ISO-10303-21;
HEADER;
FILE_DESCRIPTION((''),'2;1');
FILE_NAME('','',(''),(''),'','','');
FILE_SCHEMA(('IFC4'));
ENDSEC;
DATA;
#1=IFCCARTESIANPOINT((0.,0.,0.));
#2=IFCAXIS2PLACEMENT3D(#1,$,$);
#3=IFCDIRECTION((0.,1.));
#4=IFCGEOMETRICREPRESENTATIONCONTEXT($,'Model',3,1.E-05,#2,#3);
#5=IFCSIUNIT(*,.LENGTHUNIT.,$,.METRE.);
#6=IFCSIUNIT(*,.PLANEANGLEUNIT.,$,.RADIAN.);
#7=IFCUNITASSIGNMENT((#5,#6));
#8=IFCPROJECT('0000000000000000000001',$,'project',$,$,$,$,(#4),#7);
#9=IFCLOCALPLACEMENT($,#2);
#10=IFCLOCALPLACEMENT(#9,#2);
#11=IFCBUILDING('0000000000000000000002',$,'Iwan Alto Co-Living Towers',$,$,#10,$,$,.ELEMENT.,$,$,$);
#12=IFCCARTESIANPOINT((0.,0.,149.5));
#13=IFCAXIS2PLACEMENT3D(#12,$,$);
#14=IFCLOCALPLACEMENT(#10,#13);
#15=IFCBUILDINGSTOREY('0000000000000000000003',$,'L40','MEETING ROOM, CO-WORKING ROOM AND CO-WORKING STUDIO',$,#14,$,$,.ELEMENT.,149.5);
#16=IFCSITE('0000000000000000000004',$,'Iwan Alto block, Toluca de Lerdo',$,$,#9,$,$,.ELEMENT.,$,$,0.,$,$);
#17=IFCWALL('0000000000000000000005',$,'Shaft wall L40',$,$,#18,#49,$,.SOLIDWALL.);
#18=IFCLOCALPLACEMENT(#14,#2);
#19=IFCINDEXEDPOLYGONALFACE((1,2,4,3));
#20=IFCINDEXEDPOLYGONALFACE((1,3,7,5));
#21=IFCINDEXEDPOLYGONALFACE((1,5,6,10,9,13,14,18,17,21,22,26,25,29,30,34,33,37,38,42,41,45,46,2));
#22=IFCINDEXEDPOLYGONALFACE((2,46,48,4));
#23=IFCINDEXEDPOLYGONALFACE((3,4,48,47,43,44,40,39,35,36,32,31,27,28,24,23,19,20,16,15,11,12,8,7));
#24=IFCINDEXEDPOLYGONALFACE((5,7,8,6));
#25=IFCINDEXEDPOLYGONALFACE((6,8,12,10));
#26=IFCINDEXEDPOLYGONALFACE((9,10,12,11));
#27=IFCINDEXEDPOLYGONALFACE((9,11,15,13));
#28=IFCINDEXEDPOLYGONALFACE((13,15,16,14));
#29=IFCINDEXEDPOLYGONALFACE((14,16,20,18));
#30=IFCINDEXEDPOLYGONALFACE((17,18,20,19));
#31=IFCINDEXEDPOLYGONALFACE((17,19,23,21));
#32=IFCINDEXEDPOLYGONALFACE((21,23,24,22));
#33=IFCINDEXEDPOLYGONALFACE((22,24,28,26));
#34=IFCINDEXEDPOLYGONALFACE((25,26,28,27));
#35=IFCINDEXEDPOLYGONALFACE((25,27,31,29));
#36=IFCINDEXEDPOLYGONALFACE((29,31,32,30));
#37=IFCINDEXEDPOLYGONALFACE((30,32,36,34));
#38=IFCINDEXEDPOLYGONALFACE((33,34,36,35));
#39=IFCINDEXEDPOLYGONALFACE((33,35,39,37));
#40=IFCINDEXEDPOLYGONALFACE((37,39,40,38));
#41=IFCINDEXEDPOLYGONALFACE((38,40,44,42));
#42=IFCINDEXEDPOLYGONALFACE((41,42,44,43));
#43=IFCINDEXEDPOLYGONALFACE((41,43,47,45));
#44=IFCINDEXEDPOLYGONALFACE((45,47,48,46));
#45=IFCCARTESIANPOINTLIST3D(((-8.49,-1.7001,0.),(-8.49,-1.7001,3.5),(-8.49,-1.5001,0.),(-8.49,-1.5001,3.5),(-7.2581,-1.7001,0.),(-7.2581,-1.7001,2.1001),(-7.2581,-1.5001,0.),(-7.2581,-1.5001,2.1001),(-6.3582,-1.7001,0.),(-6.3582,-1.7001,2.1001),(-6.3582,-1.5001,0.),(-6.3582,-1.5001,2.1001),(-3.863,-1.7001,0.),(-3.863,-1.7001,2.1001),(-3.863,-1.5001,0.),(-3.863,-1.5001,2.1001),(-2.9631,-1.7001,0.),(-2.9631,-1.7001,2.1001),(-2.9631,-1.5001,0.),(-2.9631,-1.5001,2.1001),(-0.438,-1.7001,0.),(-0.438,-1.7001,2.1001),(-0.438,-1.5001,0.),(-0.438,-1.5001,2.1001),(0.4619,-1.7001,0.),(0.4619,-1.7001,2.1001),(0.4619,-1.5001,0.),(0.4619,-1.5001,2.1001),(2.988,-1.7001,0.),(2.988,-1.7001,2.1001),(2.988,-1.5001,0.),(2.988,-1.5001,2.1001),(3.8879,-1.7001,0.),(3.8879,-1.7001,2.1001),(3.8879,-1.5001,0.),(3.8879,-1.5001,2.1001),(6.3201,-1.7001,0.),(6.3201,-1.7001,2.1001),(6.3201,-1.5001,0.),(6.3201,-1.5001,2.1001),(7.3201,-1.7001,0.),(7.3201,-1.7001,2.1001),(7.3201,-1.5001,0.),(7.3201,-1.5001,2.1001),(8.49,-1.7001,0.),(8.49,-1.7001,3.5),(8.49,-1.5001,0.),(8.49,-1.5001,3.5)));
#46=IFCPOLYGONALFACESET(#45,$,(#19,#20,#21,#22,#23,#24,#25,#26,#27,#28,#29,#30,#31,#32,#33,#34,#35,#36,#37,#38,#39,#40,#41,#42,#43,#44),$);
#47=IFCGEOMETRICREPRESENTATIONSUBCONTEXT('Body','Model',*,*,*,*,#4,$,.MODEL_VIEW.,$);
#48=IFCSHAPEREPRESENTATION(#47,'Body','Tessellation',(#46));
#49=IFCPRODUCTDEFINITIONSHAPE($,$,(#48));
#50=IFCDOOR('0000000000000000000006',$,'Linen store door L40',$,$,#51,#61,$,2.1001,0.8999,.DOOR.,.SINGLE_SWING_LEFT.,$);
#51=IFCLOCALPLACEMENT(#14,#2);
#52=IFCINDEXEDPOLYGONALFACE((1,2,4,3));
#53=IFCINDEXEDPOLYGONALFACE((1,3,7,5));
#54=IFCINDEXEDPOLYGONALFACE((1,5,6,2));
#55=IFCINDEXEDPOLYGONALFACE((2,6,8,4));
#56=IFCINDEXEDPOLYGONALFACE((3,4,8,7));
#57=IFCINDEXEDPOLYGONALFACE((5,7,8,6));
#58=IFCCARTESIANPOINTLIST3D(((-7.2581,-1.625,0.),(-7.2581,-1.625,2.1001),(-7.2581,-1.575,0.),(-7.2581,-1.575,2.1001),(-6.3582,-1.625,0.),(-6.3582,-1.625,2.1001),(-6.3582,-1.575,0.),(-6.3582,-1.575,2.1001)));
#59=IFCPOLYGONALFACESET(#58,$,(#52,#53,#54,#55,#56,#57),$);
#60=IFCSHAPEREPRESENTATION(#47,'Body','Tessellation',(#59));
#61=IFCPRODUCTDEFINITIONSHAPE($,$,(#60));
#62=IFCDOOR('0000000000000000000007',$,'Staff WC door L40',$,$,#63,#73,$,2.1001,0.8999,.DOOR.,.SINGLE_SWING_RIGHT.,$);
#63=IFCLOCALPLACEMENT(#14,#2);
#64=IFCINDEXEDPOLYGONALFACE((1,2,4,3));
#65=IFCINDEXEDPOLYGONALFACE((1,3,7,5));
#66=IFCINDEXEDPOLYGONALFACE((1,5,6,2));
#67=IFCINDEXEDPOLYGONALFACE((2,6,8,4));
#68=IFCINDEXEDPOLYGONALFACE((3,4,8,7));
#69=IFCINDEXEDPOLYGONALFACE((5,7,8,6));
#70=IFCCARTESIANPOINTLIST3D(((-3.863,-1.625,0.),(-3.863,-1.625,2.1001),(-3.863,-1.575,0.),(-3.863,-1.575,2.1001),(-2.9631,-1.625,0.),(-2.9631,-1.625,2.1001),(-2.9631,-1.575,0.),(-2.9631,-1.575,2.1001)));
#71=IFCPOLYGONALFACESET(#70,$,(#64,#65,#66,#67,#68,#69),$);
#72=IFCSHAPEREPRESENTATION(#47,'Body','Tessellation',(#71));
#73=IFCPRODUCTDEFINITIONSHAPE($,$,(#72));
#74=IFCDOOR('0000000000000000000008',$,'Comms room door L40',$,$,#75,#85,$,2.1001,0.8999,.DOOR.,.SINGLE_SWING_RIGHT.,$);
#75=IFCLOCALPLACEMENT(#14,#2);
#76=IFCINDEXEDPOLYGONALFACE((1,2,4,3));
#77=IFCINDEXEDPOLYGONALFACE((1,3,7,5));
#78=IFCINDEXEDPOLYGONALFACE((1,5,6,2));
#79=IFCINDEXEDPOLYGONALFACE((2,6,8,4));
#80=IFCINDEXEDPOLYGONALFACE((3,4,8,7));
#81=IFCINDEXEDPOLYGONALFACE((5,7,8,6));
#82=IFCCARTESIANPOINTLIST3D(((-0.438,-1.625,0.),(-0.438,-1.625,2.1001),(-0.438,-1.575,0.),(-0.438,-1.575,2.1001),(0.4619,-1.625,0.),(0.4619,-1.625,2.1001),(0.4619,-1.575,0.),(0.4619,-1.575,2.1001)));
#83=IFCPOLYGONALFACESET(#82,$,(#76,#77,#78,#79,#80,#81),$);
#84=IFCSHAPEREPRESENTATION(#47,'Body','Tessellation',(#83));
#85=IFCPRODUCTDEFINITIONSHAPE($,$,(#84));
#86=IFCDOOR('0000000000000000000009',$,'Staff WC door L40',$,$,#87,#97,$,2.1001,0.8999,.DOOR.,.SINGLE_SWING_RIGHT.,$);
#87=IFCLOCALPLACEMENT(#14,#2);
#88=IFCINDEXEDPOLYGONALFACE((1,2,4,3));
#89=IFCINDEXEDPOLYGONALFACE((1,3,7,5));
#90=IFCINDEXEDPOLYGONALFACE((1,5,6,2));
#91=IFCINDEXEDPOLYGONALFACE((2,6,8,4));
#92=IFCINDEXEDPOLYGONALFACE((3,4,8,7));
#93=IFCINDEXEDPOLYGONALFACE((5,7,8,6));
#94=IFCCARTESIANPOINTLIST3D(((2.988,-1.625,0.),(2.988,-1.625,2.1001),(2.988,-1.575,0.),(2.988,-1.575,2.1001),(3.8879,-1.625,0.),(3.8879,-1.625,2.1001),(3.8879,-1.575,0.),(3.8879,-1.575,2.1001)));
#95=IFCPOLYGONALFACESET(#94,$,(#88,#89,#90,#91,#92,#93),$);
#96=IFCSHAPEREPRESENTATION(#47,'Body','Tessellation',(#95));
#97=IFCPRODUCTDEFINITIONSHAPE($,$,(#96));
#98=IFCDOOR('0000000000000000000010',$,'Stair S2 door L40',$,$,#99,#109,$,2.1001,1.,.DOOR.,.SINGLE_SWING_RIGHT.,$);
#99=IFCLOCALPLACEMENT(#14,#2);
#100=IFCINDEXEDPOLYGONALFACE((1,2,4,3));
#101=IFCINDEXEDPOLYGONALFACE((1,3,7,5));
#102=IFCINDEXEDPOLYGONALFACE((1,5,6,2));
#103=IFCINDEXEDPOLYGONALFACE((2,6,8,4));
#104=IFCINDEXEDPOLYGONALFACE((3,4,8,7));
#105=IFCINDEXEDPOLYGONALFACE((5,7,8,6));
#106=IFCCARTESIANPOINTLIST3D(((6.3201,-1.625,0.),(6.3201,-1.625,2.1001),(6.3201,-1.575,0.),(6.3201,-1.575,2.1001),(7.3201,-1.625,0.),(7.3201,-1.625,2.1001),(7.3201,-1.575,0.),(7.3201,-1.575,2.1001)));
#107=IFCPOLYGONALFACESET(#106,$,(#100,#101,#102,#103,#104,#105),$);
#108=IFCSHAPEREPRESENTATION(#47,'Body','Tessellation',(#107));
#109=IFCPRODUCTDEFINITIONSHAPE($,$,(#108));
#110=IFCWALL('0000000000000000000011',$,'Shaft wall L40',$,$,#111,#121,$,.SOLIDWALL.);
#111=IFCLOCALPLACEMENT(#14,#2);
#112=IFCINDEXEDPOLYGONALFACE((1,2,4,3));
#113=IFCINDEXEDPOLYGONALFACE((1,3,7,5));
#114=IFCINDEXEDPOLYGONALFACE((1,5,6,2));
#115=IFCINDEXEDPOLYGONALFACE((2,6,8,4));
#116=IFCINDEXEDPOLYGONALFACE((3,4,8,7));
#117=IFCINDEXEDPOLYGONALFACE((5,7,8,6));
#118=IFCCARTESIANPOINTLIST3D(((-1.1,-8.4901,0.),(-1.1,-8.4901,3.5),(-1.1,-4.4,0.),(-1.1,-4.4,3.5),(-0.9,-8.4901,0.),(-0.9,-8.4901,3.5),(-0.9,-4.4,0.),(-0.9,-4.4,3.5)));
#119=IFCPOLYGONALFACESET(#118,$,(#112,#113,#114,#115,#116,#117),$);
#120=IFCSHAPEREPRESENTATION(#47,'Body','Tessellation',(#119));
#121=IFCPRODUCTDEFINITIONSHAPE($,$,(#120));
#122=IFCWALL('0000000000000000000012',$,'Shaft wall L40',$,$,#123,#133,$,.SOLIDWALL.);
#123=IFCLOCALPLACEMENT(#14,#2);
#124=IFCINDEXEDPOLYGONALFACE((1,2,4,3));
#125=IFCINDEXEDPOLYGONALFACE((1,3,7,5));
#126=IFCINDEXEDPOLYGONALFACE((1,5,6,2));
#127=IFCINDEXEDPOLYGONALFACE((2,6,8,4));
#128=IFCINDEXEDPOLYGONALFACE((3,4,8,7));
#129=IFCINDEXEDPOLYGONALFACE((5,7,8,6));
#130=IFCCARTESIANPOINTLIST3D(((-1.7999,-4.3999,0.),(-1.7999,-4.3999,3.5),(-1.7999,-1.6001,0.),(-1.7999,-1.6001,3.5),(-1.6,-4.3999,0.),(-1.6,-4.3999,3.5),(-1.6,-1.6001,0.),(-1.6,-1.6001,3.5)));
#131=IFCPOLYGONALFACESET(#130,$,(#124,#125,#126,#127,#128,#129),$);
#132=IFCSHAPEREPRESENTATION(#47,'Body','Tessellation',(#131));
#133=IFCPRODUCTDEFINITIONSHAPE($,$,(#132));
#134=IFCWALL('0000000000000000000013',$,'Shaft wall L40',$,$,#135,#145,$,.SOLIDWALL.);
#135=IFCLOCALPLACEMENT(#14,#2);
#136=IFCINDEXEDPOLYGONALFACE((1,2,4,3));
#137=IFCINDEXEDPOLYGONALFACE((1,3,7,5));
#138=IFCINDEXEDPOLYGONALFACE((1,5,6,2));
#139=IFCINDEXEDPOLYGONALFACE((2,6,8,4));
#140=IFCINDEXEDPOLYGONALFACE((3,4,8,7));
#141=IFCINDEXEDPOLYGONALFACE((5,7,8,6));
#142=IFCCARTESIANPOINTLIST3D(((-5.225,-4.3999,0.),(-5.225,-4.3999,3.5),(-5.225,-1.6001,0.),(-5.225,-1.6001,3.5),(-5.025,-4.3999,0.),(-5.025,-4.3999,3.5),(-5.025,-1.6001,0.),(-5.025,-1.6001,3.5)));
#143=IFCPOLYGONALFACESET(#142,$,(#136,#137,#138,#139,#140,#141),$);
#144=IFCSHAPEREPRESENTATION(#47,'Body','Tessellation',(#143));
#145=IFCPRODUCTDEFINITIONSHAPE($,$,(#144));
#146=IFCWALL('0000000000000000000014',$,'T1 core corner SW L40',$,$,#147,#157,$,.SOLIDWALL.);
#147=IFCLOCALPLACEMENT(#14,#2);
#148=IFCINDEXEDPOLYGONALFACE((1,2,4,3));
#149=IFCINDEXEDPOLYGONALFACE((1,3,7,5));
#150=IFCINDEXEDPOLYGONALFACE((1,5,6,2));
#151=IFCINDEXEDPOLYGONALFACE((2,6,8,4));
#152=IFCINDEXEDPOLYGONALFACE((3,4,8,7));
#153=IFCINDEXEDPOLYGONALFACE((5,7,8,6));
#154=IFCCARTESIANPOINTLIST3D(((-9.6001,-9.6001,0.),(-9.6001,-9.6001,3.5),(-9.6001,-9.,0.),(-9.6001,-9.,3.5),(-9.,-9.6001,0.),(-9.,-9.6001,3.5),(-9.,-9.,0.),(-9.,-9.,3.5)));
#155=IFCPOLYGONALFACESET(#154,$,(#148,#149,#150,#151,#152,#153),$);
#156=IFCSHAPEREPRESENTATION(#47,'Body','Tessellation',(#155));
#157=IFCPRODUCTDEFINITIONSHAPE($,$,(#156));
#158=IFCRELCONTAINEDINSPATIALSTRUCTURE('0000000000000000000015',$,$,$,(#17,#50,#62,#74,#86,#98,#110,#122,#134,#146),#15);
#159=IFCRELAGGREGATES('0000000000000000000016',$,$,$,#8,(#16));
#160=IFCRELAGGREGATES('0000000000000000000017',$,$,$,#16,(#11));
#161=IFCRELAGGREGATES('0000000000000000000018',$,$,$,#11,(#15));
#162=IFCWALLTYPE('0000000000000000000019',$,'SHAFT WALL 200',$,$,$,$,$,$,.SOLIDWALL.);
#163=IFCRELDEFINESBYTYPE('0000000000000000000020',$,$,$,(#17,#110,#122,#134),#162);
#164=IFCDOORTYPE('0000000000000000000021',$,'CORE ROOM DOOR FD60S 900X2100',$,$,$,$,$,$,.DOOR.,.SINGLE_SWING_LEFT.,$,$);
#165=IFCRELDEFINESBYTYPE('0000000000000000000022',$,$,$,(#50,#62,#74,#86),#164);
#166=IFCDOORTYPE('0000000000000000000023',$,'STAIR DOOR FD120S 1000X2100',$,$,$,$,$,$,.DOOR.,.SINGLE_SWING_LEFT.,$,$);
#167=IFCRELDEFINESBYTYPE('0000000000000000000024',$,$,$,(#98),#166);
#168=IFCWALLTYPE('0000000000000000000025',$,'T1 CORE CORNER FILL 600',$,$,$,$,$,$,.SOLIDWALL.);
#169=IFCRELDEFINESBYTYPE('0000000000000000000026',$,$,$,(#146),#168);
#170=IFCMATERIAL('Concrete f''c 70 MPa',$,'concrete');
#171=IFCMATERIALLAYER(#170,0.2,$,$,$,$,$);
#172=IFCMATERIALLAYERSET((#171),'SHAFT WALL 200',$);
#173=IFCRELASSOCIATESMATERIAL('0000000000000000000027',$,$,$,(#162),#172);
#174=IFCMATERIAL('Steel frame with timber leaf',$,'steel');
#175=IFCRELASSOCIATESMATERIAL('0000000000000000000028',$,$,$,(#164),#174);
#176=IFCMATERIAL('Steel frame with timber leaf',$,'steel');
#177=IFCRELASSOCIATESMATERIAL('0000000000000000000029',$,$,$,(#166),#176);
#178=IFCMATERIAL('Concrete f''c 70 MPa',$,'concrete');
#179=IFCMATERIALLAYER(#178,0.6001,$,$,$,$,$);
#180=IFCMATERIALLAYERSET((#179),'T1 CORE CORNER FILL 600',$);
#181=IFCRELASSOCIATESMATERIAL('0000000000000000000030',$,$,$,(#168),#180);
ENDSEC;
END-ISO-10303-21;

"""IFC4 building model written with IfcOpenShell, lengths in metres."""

from ifc_helpers import new_model, si_unit, direction, frame, frame_2d, origin, place, context, subcontext, project, spatial, rectangle, extrude, material, layer, layer_set, type_object, element, fill, save


model = new_model("IFC4")

# Units and contexts
model_context = context("Model", 3, precision=1e-05, world=origin(), true_north=direction((0.0, 1.0)))
body_context = subcontext(model_context, "Body", "Model", "MODEL_VIEW")
ifc_project = project(units=[si_unit("LENGTHUNIT", "METRE"), si_unit("PLANEANGLEUNIT", "RADIAN")], contexts=[model_context])

# Site, building, storey
site_placement = place(None, origin())
site = spatial("IfcSite", under=ifc_project, at=site_placement, Name="Iwan Alto block, Toluca de Lerdo", CompositionType="ELEMENT", RefElevation=0.0)
building_placement = place(site_placement, origin())
building = spatial("IfcBuilding", under=site, at=building_placement, Name="Iwan Alto Co-Living Towers", CompositionType="ELEMENT")
storey_placement = place(building_placement, frame((0.0, 0.0, 149.5)))
storey = spatial("IfcBuildingStorey", under=building, at=storey_placement, Name="L40", Description="MEETING ROOM, CO-WORKING ROOM AND CO-WORKING STUDIO", CompositionType="ELEMENT", Elevation=149.5)

# Shared definitions
ifc_material_1 = material(Name="Concrete f'c 70 MPa", Category="concrete")
ifc_layer_1 = layer(ifc_material_1, 0.2)
ifc_layer_set_1 = layer_set([ifc_layer_1], Name="SHAFT WALL 200")
wall_type_1 = type_object("IfcWallType", Name="SHAFT WALL 200", PredefinedType="SOLIDWALL", material=ifc_layer_set_1)

# Wall, openings, doors
wall_1_placement = place(storey_placement, frame((-8.49, -1.6001, 0.0), z_axis=(0.0, 0.0, 1.0), x_axis=(1.0, 0.0, 0.0)))
wall_1 = element("IfcWall", 1, at=wall_1_placement, inside=storey, type_object=wall_type_1, Name="Shaft wall L40", PredefinedType="SOLIDWALL", context=body_context, shape_type="SweptSolid", body=[
    extrude(rectangle(XDim=16.98, YDim=0.2, at=frame_2d((8.49, 0.0))), origin(), (0.0, 0.0, 1.0), 3.5),
])
opening_1_placement = place(wall_1_placement, frame((14.8101, 0.0, 0.0)))
opening_1 = element("IfcOpeningElement", 2, at=opening_1_placement, cuts=wall_1, PredefinedType="OPENING", context=body_context, shape_type="SweptSolid", body=[
    extrude(rectangle(XDim=1.0, YDim=2.1001, at=frame_2d((0.5, 1.05))), frame((0.0, 0.1099, 0.0), z_axis=(0.0, -1.0, 0.0), x_axis=(1.0, 0.0, 0.0)), (0.0, 0.0, 1.0), 0.22),
])
opening_2_placement = place(wall_1_placement, frame((1.2319, 0.0, 0.0)))
opening_2 = element("IfcOpeningElement", 3, at=opening_2_placement, cuts=wall_1, PredefinedType="OPENING", context=body_context, shape_type="SweptSolid", body=[
    extrude(rectangle(XDim=0.8999, YDim=2.1001, at=frame_2d((0.45, 1.05))), frame((0.0, 0.1099, 0.0), z_axis=(0.0, -1.0, 0.0), x_axis=(1.0, 0.0, 0.0)), (0.0, 0.0, 1.0), 0.22),
])
opening_3_placement = place(wall_1_placement, frame((4.627, 0.0, 0.0)))
opening_3 = element("IfcOpeningElement", 4, at=opening_3_placement, cuts=wall_1, PredefinedType="OPENING", context=body_context, shape_type="SweptSolid", body=[
    extrude(rectangle(XDim=0.8999, YDim=2.1001, at=frame_2d((0.45, 1.05))), frame((0.0, 0.1099, 0.0), z_axis=(0.0, -1.0, 0.0), x_axis=(1.0, 0.0, 0.0)), (0.0, 0.0, 1.0), 0.22),
])
opening_4_placement = place(wall_1_placement, frame((8.052, 0.0, 0.0)))
opening_4 = element("IfcOpeningElement", 5, at=opening_4_placement, cuts=wall_1, PredefinedType="OPENING", context=body_context, shape_type="SweptSolid", body=[
    extrude(rectangle(XDim=0.8999, YDim=2.1001, at=frame_2d((0.45, 1.05))), frame((0.0, 0.1099, 0.0), z_axis=(0.0, -1.0, 0.0), x_axis=(1.0, 0.0, 0.0)), (0.0, 0.0, 1.0), 0.22),
])
opening_5_placement = place(wall_1_placement, frame((11.478, 0.0, 0.0)))
opening_5 = element("IfcOpeningElement", 6, at=opening_5_placement, cuts=wall_1, PredefinedType="OPENING", context=body_context, shape_type="SweptSolid", body=[
    extrude(rectangle(XDim=0.8999, YDim=2.1001, at=frame_2d((0.45, 1.05))), frame((0.0, 0.1099, 0.0), z_axis=(0.0, -1.0, 0.0), x_axis=(1.0, 0.0, 0.0)), (0.0, 0.0, 1.0), 0.22),
])
ifc_material_2 = material(Name="Steel frame with timber leaf", Category="steel")
door_type_1 = type_object("IfcDoorType", Name="CORE ROOM DOOR FD60S 900X2100", OperationType="SINGLE_SWING_LEFT", PredefinedType="DOOR", material=ifc_material_2)
door_1_placement = place(opening_2_placement, frame((0.8999, 0.0, 0.0), z_axis=(0.0, 0.0, 1.0), x_axis=(-1.0, 0.0, 0.0)))
door_1 = element("IfcDoor", 7, at=door_1_placement, inside=storey, type_object=door_type_1, Name="Linen store door L40", OperationType="SINGLE_SWING_LEFT", OverallHeight=2.1001, OverallWidth=0.8999, PredefinedType="DOOR", context=body_context, shape_type="SweptSolid", body=[
    extrude(rectangle(XDim=0.8999, YDim=2.1001, at=frame_2d((0.45, 1.05))), frame((0.0, 0.0249, 0.0), z_axis=(0.0, -1.0, 0.0), x_axis=(1.0, 0.0, 0.0)), (0.0, 0.0, 1.0), 0.05),
])
fill(opening_2, door_1)
door_2_placement = place(opening_3_placement, frame((0.8999, 0.0, 0.0), z_axis=(0.0, 0.0, 1.0), x_axis=(-1.0, 0.0, 0.0)))
door_2 = element("IfcDoor", 8, at=door_2_placement, inside=storey, type_object=door_type_1, Name="Staff WC door L40", OperationType="SINGLE_SWING_RIGHT", OverallHeight=2.1001, OverallWidth=0.8999, PredefinedType="DOOR", context=body_context, shape_type="SweptSolid", body=[
    extrude(rectangle(XDim=0.8999, YDim=2.1001, at=frame_2d((0.45, 1.05))), frame((0.0, 0.0249, 0.0), z_axis=(0.0, -1.0, 0.0), x_axis=(1.0, 0.0, 0.0)), (0.0, 0.0, 1.0), 0.05),
])
fill(opening_3, door_2)
door_3_placement = place(opening_4_placement, frame((0.8999, 0.0, 0.0), z_axis=(0.0, 0.0, 1.0), x_axis=(-1.0, 0.0, 0.0)))
door_3 = element("IfcDoor", 9, at=door_3_placement, inside=storey, type_object=door_type_1, Name="Comms room door L40", OperationType="SINGLE_SWING_RIGHT", OverallHeight=2.1001, OverallWidth=0.8999, PredefinedType="DOOR", context=body_context, shape_type="SweptSolid", body=[
    extrude(rectangle(XDim=0.8999, YDim=2.1001, at=frame_2d((0.45, 1.05))), frame((0.0, 0.0249, 0.0), z_axis=(0.0, -1.0, 0.0), x_axis=(1.0, 0.0, 0.0)), (0.0, 0.0, 1.0), 0.05),
])
fill(opening_4, door_3)
door_4_placement = place(opening_5_placement, frame((0.8999, 0.0, 0.0), z_axis=(0.0, 0.0, 1.0), x_axis=(-1.0, 0.0, 0.0)))
door_4 = element("IfcDoor", 10, at=door_4_placement, inside=storey, type_object=door_type_1, Name="Staff WC door L40", OperationType="SINGLE_SWING_RIGHT", OverallHeight=2.1001, OverallWidth=0.8999, PredefinedType="DOOR", context=body_context, shape_type="SweptSolid", body=[
    extrude(rectangle(XDim=0.8999, YDim=2.1001, at=frame_2d((0.45, 1.05))), frame((0.0, 0.0249, 0.0), z_axis=(0.0, -1.0, 0.0), x_axis=(1.0, 0.0, 0.0)), (0.0, 0.0, 1.0), 0.05),
])
fill(opening_5, door_4)
ifc_material_3 = material(Name="Steel frame with timber leaf", Category="steel")
door_type_2 = type_object("IfcDoorType", Name="STAIR DOOR FD120S 1000X2100", OperationType="SINGLE_SWING_LEFT", PredefinedType="DOOR", material=ifc_material_3)
door_5_placement = place(opening_1_placement, frame((1.0, 0.0, 0.0), z_axis=(0.0, 0.0, 1.0), x_axis=(-1.0, 0.0, 0.0)))
door_5 = element("IfcDoor", 11, at=door_5_placement, inside=storey, type_object=door_type_2, Name="Stair S2 door L40", OperationType="SINGLE_SWING_RIGHT", OverallHeight=2.1001, OverallWidth=1.0, PredefinedType="DOOR", context=body_context, shape_type="SweptSolid", body=[
    extrude(rectangle(XDim=1.0, YDim=2.1001, at=frame_2d((0.5, 1.05))), frame((0.0, 0.0249, 0.0), z_axis=(0.0, -1.0, 0.0), x_axis=(1.0, 0.0, 0.0)), (0.0, 0.0, 1.0), 0.05),
])
fill(opening_1, door_5)

# Walls
wall_2_placement = place(storey_placement, frame((-1.0, -8.49, 0.0), z_axis=(0.0, 0.0, 1.0), x_axis=(0.0, 1.0, 0.0)))
element("IfcWall", 12, at=wall_2_placement, inside=storey, type_object=wall_type_1, Name="Shaft wall L40", PredefinedType="SOLIDWALL", context=body_context, shape_type="SweptSolid", body=[
    extrude(rectangle(XDim=4.0901, YDim=0.2, at=frame_2d((2.0449, 0.0))), origin(), (0.0, 0.0, 1.0), 3.5),
])
for number, where, z_axis, x_axis, name in (
    (13, (-1.7, -4.3999, 0.0), (0.0, 0.0, 1.0), (0.0, 1.0, 0.0), "Shaft wall L40"),
    (14, (-5.125, -4.3999, 0.0), (0.0, 0.0, 1.0), (0.0, 1.0, 0.0), "Shaft wall L40"),
):
    element("IfcWall", number, at=place(storey_placement, frame(where, z_axis=z_axis, x_axis=x_axis)), inside=storey, type_object=wall_type_1, Name=name, PredefinedType="SOLIDWALL", context=body_context, shape_type="SweptSolid", body=[
        extrude(rectangle(XDim=2.7998, YDim=0.2, at=frame_2d((1.3999, 0.0))), origin(), (0.0, 0.0, 1.0), 3.5),
    ])
ifc_material_4 = material(Name="Concrete f'c 70 MPa", Category="concrete")
ifc_layer_2 = layer(ifc_material_4, 0.6001)
ifc_layer_set_2 = layer_set([ifc_layer_2], Name="T1 CORE CORNER FILL 600")
wall_type_2 = type_object("IfcWallType", Name="T1 CORE CORNER FILL 600", PredefinedType="SOLIDWALL", material=ifc_layer_set_2)
wall_3_placement = place(storey_placement, frame((-9.6001, -9.3, 0.0), z_axis=(0.0, 0.0, 1.0), x_axis=(1.0, 0.0, 0.0)))
element("IfcWall", 15, at=wall_3_placement, inside=storey, type_object=wall_type_2, Name="T1 core corner SW L40", PredefinedType="SOLIDWALL", context=body_context, shape_type="SweptSolid", body=[
    extrude(rectangle(XDim=0.6001, YDim=0.6001, at=frame_2d((0.3, 0.0))), origin(), (0.0, 0.0, 1.0), 3.5),
])

save(model, "model.ifc")
